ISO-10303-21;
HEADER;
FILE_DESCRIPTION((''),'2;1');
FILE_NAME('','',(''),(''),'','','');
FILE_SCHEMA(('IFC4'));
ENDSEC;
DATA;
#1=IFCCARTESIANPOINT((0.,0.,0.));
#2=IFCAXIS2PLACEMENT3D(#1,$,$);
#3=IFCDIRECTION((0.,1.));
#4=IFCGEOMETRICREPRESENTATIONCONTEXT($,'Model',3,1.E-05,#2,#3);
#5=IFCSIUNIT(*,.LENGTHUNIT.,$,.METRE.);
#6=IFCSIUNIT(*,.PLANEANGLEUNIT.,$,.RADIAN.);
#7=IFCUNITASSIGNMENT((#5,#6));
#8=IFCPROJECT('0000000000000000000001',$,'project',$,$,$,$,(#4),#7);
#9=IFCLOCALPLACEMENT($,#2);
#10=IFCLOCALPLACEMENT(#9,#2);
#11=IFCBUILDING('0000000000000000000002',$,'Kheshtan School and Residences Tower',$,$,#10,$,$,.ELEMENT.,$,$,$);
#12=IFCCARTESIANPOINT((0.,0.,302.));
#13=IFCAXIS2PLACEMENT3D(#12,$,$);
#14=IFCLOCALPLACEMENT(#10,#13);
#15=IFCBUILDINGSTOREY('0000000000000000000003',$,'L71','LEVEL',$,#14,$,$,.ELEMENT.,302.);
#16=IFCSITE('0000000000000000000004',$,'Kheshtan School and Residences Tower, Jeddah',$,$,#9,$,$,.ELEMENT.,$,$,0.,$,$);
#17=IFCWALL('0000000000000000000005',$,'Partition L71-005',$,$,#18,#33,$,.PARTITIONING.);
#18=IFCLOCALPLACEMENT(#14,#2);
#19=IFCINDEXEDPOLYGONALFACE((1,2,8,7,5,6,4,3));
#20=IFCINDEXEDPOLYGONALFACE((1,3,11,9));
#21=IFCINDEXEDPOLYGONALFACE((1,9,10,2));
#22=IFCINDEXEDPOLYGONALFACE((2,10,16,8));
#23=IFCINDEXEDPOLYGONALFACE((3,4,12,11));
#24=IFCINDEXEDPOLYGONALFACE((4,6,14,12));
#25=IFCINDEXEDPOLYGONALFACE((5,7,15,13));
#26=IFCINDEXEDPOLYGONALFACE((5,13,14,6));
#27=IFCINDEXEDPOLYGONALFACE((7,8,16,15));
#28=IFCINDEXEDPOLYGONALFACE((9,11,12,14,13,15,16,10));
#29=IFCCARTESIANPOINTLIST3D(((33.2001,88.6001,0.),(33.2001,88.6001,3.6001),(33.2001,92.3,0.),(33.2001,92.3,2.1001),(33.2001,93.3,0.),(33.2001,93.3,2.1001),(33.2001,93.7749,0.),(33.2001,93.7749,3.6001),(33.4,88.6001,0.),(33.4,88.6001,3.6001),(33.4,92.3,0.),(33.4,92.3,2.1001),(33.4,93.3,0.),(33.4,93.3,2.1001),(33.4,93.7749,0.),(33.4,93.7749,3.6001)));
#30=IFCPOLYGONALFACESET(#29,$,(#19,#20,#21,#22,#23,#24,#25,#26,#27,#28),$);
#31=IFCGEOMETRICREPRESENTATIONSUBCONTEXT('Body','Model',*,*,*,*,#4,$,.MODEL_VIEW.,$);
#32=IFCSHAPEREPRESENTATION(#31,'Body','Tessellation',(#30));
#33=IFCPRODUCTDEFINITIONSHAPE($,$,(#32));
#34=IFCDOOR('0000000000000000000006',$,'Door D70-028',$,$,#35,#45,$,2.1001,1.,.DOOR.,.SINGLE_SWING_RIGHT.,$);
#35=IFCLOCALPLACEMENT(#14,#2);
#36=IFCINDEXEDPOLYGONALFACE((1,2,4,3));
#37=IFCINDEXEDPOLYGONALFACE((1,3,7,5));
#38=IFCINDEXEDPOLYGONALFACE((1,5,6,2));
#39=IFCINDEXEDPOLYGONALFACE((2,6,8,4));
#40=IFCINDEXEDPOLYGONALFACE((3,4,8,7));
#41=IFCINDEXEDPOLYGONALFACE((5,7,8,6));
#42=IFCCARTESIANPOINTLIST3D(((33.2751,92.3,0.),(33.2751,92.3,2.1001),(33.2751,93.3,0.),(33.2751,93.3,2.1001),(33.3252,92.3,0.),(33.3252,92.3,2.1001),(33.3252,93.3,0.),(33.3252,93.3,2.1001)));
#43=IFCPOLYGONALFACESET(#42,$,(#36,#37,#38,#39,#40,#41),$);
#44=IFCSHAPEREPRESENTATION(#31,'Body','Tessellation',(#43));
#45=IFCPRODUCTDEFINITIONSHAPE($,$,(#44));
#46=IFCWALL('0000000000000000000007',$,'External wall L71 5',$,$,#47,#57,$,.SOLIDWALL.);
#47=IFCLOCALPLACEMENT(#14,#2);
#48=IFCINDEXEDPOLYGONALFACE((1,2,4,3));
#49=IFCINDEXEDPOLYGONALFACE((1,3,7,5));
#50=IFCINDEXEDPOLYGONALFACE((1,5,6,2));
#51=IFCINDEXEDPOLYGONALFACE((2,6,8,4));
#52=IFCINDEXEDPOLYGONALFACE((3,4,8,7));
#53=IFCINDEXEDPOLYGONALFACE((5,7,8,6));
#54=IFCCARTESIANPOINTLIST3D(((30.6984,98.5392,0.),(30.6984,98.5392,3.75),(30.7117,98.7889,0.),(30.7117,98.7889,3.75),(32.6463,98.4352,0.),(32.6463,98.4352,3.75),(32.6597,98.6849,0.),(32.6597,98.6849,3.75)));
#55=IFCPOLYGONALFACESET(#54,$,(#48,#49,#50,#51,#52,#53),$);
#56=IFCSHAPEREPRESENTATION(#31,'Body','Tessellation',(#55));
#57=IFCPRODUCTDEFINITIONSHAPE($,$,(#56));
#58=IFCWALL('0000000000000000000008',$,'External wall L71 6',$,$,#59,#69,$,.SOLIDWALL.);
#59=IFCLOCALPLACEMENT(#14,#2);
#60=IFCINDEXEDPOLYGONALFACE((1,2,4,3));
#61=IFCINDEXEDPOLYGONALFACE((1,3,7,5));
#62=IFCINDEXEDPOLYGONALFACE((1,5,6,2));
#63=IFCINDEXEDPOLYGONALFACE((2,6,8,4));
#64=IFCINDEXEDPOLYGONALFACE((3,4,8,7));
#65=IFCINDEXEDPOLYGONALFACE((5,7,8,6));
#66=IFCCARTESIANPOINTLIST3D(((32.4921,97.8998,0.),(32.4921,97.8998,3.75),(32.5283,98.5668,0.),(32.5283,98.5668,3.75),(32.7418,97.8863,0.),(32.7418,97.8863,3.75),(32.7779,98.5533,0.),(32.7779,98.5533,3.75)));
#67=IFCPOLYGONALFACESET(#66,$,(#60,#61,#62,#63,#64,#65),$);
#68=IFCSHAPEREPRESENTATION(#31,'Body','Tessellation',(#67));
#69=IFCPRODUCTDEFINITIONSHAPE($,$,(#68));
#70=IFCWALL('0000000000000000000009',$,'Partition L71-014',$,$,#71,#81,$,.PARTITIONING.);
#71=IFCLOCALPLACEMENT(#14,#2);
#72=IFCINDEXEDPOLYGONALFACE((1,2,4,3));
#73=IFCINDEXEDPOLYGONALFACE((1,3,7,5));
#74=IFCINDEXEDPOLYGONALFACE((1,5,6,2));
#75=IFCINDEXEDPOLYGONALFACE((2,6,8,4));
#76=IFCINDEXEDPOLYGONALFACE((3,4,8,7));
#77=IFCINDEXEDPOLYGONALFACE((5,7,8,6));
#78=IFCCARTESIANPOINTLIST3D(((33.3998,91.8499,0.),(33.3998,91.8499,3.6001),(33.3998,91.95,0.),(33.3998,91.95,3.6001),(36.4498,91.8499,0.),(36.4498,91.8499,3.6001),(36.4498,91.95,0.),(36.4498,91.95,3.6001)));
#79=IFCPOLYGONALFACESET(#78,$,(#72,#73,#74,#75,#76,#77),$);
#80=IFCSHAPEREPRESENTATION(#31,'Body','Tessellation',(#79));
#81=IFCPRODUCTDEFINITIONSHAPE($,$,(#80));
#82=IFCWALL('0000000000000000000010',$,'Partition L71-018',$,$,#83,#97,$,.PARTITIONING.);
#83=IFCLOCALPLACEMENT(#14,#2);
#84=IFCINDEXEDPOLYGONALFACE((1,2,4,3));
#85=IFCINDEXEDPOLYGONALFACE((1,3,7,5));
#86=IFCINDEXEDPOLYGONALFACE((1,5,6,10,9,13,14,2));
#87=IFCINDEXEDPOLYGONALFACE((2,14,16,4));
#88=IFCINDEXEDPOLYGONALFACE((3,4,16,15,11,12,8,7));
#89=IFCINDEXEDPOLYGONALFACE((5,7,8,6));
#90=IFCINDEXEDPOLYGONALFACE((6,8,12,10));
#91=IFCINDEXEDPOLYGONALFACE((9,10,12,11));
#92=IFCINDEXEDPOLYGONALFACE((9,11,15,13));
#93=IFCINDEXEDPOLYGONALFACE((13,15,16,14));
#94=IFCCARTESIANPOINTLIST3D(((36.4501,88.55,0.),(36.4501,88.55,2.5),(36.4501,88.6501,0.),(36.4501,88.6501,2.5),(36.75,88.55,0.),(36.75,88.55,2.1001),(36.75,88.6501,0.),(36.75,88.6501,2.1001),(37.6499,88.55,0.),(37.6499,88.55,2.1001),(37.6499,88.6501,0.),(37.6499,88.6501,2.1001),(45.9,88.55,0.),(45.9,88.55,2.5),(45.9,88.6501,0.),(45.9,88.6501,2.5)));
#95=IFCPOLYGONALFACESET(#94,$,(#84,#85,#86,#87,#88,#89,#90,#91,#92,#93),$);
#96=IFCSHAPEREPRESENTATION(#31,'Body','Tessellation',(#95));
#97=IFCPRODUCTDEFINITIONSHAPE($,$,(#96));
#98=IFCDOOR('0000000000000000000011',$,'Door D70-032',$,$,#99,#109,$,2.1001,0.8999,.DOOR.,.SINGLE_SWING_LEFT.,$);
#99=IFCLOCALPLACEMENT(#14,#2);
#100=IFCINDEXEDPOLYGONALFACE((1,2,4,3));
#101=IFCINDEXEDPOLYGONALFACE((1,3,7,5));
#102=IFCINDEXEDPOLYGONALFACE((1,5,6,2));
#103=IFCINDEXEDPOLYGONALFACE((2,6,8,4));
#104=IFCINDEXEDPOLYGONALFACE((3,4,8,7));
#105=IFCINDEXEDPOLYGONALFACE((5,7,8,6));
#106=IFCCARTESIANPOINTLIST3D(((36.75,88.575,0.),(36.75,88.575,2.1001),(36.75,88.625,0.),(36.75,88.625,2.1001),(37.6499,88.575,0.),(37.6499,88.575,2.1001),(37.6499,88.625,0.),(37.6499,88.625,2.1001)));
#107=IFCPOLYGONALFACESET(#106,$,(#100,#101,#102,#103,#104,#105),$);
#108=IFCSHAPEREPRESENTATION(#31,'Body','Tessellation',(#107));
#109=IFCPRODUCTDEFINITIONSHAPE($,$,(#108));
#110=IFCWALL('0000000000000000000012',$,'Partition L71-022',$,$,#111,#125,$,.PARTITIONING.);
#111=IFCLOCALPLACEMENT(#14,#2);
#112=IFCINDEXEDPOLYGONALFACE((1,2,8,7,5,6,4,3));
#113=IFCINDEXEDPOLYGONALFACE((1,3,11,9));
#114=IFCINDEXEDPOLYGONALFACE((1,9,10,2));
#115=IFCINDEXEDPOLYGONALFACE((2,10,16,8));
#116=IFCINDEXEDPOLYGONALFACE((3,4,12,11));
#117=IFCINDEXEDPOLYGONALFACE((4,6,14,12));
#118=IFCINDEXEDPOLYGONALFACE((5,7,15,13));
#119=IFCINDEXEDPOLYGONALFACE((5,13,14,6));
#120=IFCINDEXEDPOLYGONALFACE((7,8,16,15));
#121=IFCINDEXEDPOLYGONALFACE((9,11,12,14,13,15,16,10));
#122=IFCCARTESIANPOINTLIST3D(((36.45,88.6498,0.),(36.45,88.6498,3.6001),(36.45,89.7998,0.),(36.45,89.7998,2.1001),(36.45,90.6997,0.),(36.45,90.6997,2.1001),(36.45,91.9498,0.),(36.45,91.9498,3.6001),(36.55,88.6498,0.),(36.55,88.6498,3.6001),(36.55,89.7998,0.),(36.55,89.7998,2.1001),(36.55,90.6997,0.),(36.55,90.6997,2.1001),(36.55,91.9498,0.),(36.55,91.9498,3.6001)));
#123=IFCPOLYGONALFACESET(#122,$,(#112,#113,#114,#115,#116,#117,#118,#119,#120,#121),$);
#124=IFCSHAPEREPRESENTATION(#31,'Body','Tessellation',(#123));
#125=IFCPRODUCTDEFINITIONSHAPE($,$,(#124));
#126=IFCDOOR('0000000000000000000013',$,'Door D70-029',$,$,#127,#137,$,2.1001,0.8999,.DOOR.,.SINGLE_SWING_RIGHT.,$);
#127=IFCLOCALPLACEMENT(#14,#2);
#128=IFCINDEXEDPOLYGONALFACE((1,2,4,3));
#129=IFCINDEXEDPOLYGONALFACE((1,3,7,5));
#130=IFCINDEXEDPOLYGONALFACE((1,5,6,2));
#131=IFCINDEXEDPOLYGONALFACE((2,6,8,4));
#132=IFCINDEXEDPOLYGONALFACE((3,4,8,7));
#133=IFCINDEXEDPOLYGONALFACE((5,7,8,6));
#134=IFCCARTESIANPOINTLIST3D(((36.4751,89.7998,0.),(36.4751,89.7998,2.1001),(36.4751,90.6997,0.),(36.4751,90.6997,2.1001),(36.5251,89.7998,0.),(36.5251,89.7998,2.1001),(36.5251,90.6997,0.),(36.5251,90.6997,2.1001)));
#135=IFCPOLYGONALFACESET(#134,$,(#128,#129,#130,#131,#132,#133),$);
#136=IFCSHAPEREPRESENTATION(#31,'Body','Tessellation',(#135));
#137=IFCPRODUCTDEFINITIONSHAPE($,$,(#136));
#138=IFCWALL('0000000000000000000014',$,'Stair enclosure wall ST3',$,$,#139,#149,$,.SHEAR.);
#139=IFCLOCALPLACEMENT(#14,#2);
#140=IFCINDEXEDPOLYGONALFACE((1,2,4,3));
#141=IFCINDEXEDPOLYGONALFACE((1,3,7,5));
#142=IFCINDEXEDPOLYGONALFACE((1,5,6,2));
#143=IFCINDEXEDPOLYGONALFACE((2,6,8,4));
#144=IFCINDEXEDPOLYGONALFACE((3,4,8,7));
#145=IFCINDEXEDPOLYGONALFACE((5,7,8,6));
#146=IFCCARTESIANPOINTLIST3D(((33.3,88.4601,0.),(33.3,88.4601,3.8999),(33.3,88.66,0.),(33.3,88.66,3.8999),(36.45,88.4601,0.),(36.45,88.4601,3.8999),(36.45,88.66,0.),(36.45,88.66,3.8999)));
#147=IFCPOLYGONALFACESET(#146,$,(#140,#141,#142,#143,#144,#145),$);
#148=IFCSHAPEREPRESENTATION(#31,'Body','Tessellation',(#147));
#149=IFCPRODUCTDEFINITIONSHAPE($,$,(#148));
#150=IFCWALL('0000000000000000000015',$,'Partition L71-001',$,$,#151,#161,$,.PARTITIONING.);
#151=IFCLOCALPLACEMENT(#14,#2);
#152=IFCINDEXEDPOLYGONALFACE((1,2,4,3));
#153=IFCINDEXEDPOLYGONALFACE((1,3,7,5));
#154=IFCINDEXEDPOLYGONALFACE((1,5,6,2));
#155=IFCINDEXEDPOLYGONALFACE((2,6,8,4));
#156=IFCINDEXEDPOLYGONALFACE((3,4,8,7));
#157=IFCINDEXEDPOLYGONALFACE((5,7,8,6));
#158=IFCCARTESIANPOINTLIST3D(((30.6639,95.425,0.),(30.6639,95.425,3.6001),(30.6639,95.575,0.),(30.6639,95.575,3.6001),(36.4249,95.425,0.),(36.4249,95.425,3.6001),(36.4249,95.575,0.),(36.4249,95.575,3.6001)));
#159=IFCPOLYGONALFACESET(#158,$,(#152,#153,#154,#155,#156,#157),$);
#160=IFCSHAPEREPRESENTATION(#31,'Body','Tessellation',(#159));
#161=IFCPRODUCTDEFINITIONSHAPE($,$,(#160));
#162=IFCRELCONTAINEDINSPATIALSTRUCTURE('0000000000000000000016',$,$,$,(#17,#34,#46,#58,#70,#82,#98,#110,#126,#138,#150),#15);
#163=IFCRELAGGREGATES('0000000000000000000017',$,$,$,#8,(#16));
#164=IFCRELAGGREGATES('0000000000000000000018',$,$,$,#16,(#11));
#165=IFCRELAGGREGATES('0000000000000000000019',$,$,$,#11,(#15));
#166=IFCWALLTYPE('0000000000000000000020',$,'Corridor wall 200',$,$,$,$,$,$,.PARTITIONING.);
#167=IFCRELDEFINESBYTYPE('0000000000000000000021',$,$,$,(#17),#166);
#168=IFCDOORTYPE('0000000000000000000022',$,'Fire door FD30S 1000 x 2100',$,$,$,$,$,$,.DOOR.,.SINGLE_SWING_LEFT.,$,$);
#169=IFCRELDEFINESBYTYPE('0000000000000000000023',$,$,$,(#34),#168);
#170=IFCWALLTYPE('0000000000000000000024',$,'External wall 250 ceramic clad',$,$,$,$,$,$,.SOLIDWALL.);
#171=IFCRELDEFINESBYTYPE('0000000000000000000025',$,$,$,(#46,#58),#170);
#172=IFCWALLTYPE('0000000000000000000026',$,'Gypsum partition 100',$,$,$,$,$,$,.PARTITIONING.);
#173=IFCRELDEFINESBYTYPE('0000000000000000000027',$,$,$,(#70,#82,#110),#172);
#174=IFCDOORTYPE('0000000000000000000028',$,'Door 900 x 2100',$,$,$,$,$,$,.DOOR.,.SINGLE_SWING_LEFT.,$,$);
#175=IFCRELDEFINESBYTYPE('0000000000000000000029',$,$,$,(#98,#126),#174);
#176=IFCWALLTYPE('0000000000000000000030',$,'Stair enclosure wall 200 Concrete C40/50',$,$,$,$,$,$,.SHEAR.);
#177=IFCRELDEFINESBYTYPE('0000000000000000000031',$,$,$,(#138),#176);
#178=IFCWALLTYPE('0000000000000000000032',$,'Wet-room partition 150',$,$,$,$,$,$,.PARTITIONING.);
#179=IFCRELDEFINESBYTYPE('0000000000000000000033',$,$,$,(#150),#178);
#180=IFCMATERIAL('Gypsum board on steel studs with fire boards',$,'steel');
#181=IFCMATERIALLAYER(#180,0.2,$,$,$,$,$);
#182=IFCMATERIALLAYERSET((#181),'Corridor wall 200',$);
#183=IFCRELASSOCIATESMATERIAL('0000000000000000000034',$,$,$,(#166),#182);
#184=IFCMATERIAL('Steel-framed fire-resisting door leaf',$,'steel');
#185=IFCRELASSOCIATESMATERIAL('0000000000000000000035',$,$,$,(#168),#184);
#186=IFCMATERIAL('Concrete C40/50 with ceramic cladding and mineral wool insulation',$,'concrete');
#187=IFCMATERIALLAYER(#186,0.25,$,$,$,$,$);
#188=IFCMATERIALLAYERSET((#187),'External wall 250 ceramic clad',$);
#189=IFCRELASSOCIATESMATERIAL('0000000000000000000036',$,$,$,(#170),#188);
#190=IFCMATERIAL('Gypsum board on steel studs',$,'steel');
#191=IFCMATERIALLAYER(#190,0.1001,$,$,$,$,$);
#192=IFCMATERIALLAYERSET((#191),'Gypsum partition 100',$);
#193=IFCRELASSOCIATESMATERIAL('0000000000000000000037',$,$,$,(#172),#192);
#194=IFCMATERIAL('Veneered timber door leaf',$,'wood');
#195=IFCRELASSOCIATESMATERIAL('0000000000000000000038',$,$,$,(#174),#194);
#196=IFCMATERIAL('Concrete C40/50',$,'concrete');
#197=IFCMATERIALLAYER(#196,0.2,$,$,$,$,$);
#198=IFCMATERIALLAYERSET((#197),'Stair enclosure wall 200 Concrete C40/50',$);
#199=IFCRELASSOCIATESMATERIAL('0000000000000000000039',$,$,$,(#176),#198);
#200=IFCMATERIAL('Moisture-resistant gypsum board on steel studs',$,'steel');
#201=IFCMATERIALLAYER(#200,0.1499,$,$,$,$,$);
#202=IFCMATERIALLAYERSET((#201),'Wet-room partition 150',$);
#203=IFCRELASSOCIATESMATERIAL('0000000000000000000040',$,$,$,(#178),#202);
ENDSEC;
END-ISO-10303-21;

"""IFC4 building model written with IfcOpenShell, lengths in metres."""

from ifc_helpers import new_model, si_unit, direction, frame, frame_2d, origin, place, context, subcontext, project, spatial, rectangle, extrude, source, transform, mapped, material, layer, layer_set, type_object, element, fill, save


model = new_model("IFC4")

# Units and contexts
model_context = context("Model", 3, precision=1e-05, world=origin(), true_north=direction((0.0, 1.0)))
body_context = subcontext(model_context, "Body", "Model", "MODEL_VIEW")
ifc_project = project(units=[si_unit("LENGTHUNIT", "METRE"), si_unit("PLANEANGLEUNIT", "RADIAN")], contexts=[model_context])

# Site, building, storey
site_placement = place(None, origin())
site = spatial("IfcSite", under=ifc_project, at=site_placement, Name="Kheshtan School and Residences Tower, Jeddah", CompositionType="ELEMENT", RefElevation=0.0)
building_placement = place(site_placement, origin())
building = spatial("IfcBuilding", under=site, at=building_placement, Name="Kheshtan School and Residences Tower", CompositionType="ELEMENT")
storey_placement = place(building_placement, frame((0.0, 0.0, 302.0)))
storey = spatial("IfcBuildingStorey", under=building, at=storey_placement, Name="L71", Description="LEVEL", CompositionType="ELEMENT", Elevation=302.0)

# Shared definitions
ifc_material_1 = material(Name="Gypsum board on steel studs with fire boards", Category="steel")
ifc_layer_1 = layer(ifc_material_1, 0.2)
ifc_layer_set_1 = layer_set([ifc_layer_1], Name="Corridor wall 200")
wall_type_1 = type_object("IfcWallType", Name="Corridor wall 200", PredefinedType="PARTITIONING", material=ifc_layer_set_1)

# Wall, opening, door
wall_1_placement = place(storey_placement, frame((33.3, 88.6001, 0.0), z_axis=(0.0, 0.0, 1.0), x_axis=(0.0, 1.0, 0.0)))
wall_1 = element("IfcWall", 1, at=wall_1_placement, inside=storey, type_object=wall_type_1, Name="Partition L71-005", PredefinedType="PARTITIONING", context=body_context, shape_type="SweptSolid", body=[
    extrude(rectangle(XDim=5.1748, YDim=0.2, at=frame_2d((2.5874, 0.0))), origin(), (0.0, 0.0, 1.0), 3.6001),
])
opening_1_placement = place(wall_1_placement, frame((3.7, 0.0, 0.0)))
opening_1 = element("IfcOpeningElement", 2, at=opening_1_placement, cuts=wall_1, PredefinedType="OPENING", context=body_context, shape_type="SweptSolid", body=[
    extrude(rectangle(XDim=1.0, YDim=2.1001, at=frame_2d((0.5, 1.05))), frame((0.0, 0.1099, 0.0), z_axis=(0.0, -1.0, 0.0), x_axis=(1.0, 0.0, 0.0)), (0.0, 0.0, 1.0), 0.22),
])
ifc_material_2 = material(Name="Steel-framed fire-resisting door leaf", Category="steel")
door_type_1 = type_object("IfcDoorType", Name="Fire door FD30S 1000 x 2100", OperationType="SINGLE_SWING_LEFT", PredefinedType="DOOR", material=ifc_material_2)
shared_shape_1 = source(origin(), body_context, "Body", "SweptSolid", [
    extrude(rectangle(XDim=1.0, YDim=2.1001, at=frame_2d((0.5, 1.05))), frame((0.0, 0.0249, 0.0), z_axis=(0.0, -1.0, 0.0), x_axis=(1.0, 0.0, 0.0)), (0.0, 0.0, 1.0), 0.05),
])
door_1_placement = place(opening_1_placement, origin())
door_1 = element("IfcDoor", 3, at=door_1_placement, inside=storey, type_object=door_type_1, Name="Door D70-028", OperationType="SINGLE_SWING_RIGHT", OverallHeight=2.1001, OverallWidth=1.0, PredefinedType="DOOR", context=body_context, shape_type="MappedRepresentation", body=[
    mapped(shared_shape_1, transform((0.0, 0.0, 0.0), x_axis=(1.0, 0.0, 0.0), y_axis=(0.0, 1.0, 0.0), z_axis=(0.0, 0.0, 1.0), scale=1.0)),
])
fill(opening_1, door_1)

# Walls
ifc_material_3 = material(Name="Concrete C40/50 with ceramic cladding and mineral wool insulation", Category="concrete")
ifc_layer_2 = layer(ifc_material_3, 0.25)
ifc_layer_set_2 = layer_set([ifc_layer_2], Name="External wall 250 ceramic clad")
wall_type_2 = type_object("IfcWallType", Name="External wall 250 ceramic clad", PredefinedType="SOLIDWALL", material=ifc_layer_set_2)
wall_2_placement = place(storey_placement, frame((30.7051, 98.6641, 0.0), z_axis=(0.0, 0.0, 1.0), x_axis=(0.998578, -0.053314, 0.0)))
element("IfcWall", 4, at=wall_2_placement, inside=storey, type_object=wall_type_2, Name="External wall L71 5", PredefinedType="SOLIDWALL", context=body_context, shape_type="SweptSolid", body=[
    extrude(rectangle(XDim=1.9507, YDim=0.25, at=frame_2d((0.9753, 0.0))), origin(), (0.0, 0.0, 1.0), 3.75),
])
wall_3_placement = place(storey_placement, frame((32.6531, 98.5601, 0.0), z_axis=(0.0, 0.0, 1.0), x_axis=(-0.054093, -0.998536, 0.0)))
element("IfcWall", 5, at=wall_3_placement, inside=storey, type_object=wall_type_2, Name="External wall L71 6", PredefinedType="SOLIDWALL", context=body_context, shape_type="SweptSolid", body=[
    extrude(rectangle(XDim=0.668, YDim=0.25, at=frame_2d((0.334, 0.0))), origin(), (0.0, 0.0, 1.0), 3.75),
])
ifc_material_4 = material(Name="Gypsum board on steel studs", Category="steel")
ifc_layer_3 = layer(ifc_material_4, 0.1001)
ifc_layer_set_3 = layer_set([ifc_layer_3], Name="Gypsum partition 100")
wall_type_3 = type_object("IfcWallType", Name="Gypsum partition 100", PredefinedType="PARTITIONING", material=ifc_layer_set_3)
wall_4_placement = place(storey_placement, frame((33.3999, 91.8999, 0.0), z_axis=(0.0, 0.0, 1.0), x_axis=(1.0, 0.0, 0.0)))
element("IfcWall", 6, at=wall_4_placement, inside=storey, type_object=wall_type_3, Name="Partition L71-014", PredefinedType="PARTITIONING", context=body_context, shape_type="SweptSolid", body=[
    extrude(rectangle(XDim=3.05, YDim=0.1001, at=frame_2d((1.5249, 0.0))), origin(), (0.0, 0.0, 1.0), 3.6001),
])

# Walls, openings, doors
wall_5_placement = place(storey_placement, frame((36.45, 88.6001, 0.0), z_axis=(0.0, 0.0, 1.0), x_axis=(1.0, 0.0, 0.0)))
wall_5 = element("IfcWall", 7, at=wall_5_placement, inside=storey, type_object=wall_type_3, Name="Partition L71-018", PredefinedType="PARTITIONING", context=body_context, shape_type="SweptSolid", body=[
    extrude(rectangle(XDim=9.45, YDim=0.1001, at=frame_2d((4.7251, 0.0))), origin(), (0.0, 0.0, 1.0), 2.5),
])
opening_2_placement = place(wall_5_placement, frame((0.3, 0.0, 0.0)))
opening_2 = element("IfcOpeningElement", 8, at=opening_2_placement, cuts=wall_5, PredefinedType="OPENING", context=body_context, shape_type="SweptSolid", body=[
    extrude(rectangle(XDim=0.8999, YDim=2.1001, at=frame_2d((0.45, 1.05))), frame((0.0, 0.0601, 0.0), z_axis=(0.0, -1.0, 0.0), x_axis=(1.0, 0.0, 0.0)), (0.0, 0.0, 1.0), 0.1201),
])
ifc_material_5 = material(Name="Veneered timber door leaf", Category="wood")
door_type_2 = type_object("IfcDoorType", Name="Door 900 x 2100", OperationType="SINGLE_SWING_LEFT", PredefinedType="DOOR", material=ifc_material_5)
shared_shape_2 = source(origin(), body_context, "Body", "SweptSolid", [
    extrude(rectangle(XDim=0.8999, YDim=2.1001, at=frame_2d((0.45, 1.05))), frame((0.0, 0.0249, 0.0), z_axis=(0.0, -1.0, 0.0), x_axis=(1.0, 0.0, 0.0)), (0.0, 0.0, 1.0), 0.05),
])
door_2_placement = place(opening_2_placement, origin())
door_2 = element("IfcDoor", 9, at=door_2_placement, inside=storey, type_object=door_type_2, Name="Door D70-032", OperationType="SINGLE_SWING_LEFT", OverallHeight=2.1001, OverallWidth=0.8999, PredefinedType="DOOR", context=body_context, shape_type="MappedRepresentation", body=[
    mapped(shared_shape_2, transform((0.0, 0.0, 0.0), x_axis=(1.0, 0.0, 0.0), y_axis=(0.0, 1.0, 0.0), z_axis=(0.0, 0.0, 1.0), scale=1.0)),
])
fill(opening_2, door_2)
wall_6_placement = place(storey_placement, frame((36.5, 88.6499, 0.0), z_axis=(0.0, 0.0, 1.0), x_axis=(0.0, 1.0, 0.0)))
wall_6 = element("IfcWall", 10, at=wall_6_placement, inside=storey, type_object=wall_type_3, Name="Partition L71-022", PredefinedType="PARTITIONING", context=body_context, shape_type="SweptSolid", body=[
    extrude(rectangle(XDim=3.3, YDim=0.1001, at=frame_2d((1.6499, 0.0))), origin(), (0.0, 0.0, 1.0), 3.6001),
])
opening_3_placement = place(wall_6_placement, frame((1.1499, 0.0, 0.0)))
opening_3 = element("IfcOpeningElement", 11, at=opening_3_placement, cuts=wall_6, PredefinedType="OPENING", context=body_context, shape_type="SweptSolid", body=[
    extrude(rectangle(XDim=0.8999, YDim=2.1001, at=frame_2d((0.45, 1.05))), frame((0.0, 0.0601, 0.0), z_axis=(0.0, -1.0, 0.0), x_axis=(1.0, 0.0, 0.0)), (0.0, 0.0, 1.0), 0.1201),
])
door_3_placement = place(opening_3_placement, origin())
door_3 = element("IfcDoor", 12, at=door_3_placement, inside=storey, type_object=door_type_2, Name="Door D70-029", OperationType="SINGLE_SWING_RIGHT", OverallHeight=2.1001, OverallWidth=0.8999, PredefinedType="DOOR", context=body_context, shape_type="MappedRepresentation", body=[
    mapped(shared_shape_2, transform((0.0, 0.0, 0.0), x_axis=(1.0, 0.0, 0.0), y_axis=(0.0, 1.0, 0.0), z_axis=(0.0, 0.0, 1.0), scale=1.0)),
])
fill(opening_3, door_3)

# Walls
ifc_material_6 = material(Name="Concrete C40/50", Category="concrete")
ifc_layer_4 = layer(ifc_material_6, 0.2)
ifc_layer_set_4 = layer_set([ifc_layer_4], Name="Stair enclosure wall 200 Concrete C40/50")
wall_type_4 = type_object("IfcWallType", Name="Stair enclosure wall 200 Concrete C40/50", PredefinedType="SHEAR", material=ifc_layer_set_4)
wall_7_placement = place(storey_placement, frame((33.3, 88.5601, 0.0), z_axis=(0.0, 0.0, 1.0), x_axis=(1.0, 0.0, 0.0)))
element("IfcWall", 13, at=wall_7_placement, inside=storey, type_object=wall_type_4, Name="Stair enclosure wall ST3", PredefinedType="SHEAR", context=body_context, shape_type="SweptSolid", body=[
    extrude(rectangle(XDim=3.1499, YDim=0.2, at=frame_2d((1.575, 0.0))), origin(), (0.0, 0.0, 1.0), 3.8999),
])
ifc_material_7 = material(Name="Moisture-resistant gypsum board on steel studs", Category="steel")
ifc_layer_5 = layer(ifc_material_7, 0.1499)
ifc_layer_set_5 = layer_set([ifc_layer_5], Name="Wet-room partition 150")
wall_type_5 = type_object("IfcWallType", Name="Wet-room partition 150", PredefinedType="PARTITIONING", material=ifc_layer_set_5)
wall_8_placement = place(storey_placement, frame((30.6641, 95.5, 0.0), z_axis=(0.0, 0.0, 1.0), x_axis=(1.0, 0.0, 0.0)))
element("IfcWall", 14, at=wall_8_placement, inside=storey, type_object=wall_type_5, Name="Partition L71-001", PredefinedType="PARTITIONING", context=body_context, shape_type="SweptSolid", body=[
    extrude(rectangle(XDim=5.761, YDim=0.1499, at=frame_2d((2.8804, 0.0))), origin(), (0.0, 0.0, 1.0), 3.6001),
])

save(model, "model.ifc")
